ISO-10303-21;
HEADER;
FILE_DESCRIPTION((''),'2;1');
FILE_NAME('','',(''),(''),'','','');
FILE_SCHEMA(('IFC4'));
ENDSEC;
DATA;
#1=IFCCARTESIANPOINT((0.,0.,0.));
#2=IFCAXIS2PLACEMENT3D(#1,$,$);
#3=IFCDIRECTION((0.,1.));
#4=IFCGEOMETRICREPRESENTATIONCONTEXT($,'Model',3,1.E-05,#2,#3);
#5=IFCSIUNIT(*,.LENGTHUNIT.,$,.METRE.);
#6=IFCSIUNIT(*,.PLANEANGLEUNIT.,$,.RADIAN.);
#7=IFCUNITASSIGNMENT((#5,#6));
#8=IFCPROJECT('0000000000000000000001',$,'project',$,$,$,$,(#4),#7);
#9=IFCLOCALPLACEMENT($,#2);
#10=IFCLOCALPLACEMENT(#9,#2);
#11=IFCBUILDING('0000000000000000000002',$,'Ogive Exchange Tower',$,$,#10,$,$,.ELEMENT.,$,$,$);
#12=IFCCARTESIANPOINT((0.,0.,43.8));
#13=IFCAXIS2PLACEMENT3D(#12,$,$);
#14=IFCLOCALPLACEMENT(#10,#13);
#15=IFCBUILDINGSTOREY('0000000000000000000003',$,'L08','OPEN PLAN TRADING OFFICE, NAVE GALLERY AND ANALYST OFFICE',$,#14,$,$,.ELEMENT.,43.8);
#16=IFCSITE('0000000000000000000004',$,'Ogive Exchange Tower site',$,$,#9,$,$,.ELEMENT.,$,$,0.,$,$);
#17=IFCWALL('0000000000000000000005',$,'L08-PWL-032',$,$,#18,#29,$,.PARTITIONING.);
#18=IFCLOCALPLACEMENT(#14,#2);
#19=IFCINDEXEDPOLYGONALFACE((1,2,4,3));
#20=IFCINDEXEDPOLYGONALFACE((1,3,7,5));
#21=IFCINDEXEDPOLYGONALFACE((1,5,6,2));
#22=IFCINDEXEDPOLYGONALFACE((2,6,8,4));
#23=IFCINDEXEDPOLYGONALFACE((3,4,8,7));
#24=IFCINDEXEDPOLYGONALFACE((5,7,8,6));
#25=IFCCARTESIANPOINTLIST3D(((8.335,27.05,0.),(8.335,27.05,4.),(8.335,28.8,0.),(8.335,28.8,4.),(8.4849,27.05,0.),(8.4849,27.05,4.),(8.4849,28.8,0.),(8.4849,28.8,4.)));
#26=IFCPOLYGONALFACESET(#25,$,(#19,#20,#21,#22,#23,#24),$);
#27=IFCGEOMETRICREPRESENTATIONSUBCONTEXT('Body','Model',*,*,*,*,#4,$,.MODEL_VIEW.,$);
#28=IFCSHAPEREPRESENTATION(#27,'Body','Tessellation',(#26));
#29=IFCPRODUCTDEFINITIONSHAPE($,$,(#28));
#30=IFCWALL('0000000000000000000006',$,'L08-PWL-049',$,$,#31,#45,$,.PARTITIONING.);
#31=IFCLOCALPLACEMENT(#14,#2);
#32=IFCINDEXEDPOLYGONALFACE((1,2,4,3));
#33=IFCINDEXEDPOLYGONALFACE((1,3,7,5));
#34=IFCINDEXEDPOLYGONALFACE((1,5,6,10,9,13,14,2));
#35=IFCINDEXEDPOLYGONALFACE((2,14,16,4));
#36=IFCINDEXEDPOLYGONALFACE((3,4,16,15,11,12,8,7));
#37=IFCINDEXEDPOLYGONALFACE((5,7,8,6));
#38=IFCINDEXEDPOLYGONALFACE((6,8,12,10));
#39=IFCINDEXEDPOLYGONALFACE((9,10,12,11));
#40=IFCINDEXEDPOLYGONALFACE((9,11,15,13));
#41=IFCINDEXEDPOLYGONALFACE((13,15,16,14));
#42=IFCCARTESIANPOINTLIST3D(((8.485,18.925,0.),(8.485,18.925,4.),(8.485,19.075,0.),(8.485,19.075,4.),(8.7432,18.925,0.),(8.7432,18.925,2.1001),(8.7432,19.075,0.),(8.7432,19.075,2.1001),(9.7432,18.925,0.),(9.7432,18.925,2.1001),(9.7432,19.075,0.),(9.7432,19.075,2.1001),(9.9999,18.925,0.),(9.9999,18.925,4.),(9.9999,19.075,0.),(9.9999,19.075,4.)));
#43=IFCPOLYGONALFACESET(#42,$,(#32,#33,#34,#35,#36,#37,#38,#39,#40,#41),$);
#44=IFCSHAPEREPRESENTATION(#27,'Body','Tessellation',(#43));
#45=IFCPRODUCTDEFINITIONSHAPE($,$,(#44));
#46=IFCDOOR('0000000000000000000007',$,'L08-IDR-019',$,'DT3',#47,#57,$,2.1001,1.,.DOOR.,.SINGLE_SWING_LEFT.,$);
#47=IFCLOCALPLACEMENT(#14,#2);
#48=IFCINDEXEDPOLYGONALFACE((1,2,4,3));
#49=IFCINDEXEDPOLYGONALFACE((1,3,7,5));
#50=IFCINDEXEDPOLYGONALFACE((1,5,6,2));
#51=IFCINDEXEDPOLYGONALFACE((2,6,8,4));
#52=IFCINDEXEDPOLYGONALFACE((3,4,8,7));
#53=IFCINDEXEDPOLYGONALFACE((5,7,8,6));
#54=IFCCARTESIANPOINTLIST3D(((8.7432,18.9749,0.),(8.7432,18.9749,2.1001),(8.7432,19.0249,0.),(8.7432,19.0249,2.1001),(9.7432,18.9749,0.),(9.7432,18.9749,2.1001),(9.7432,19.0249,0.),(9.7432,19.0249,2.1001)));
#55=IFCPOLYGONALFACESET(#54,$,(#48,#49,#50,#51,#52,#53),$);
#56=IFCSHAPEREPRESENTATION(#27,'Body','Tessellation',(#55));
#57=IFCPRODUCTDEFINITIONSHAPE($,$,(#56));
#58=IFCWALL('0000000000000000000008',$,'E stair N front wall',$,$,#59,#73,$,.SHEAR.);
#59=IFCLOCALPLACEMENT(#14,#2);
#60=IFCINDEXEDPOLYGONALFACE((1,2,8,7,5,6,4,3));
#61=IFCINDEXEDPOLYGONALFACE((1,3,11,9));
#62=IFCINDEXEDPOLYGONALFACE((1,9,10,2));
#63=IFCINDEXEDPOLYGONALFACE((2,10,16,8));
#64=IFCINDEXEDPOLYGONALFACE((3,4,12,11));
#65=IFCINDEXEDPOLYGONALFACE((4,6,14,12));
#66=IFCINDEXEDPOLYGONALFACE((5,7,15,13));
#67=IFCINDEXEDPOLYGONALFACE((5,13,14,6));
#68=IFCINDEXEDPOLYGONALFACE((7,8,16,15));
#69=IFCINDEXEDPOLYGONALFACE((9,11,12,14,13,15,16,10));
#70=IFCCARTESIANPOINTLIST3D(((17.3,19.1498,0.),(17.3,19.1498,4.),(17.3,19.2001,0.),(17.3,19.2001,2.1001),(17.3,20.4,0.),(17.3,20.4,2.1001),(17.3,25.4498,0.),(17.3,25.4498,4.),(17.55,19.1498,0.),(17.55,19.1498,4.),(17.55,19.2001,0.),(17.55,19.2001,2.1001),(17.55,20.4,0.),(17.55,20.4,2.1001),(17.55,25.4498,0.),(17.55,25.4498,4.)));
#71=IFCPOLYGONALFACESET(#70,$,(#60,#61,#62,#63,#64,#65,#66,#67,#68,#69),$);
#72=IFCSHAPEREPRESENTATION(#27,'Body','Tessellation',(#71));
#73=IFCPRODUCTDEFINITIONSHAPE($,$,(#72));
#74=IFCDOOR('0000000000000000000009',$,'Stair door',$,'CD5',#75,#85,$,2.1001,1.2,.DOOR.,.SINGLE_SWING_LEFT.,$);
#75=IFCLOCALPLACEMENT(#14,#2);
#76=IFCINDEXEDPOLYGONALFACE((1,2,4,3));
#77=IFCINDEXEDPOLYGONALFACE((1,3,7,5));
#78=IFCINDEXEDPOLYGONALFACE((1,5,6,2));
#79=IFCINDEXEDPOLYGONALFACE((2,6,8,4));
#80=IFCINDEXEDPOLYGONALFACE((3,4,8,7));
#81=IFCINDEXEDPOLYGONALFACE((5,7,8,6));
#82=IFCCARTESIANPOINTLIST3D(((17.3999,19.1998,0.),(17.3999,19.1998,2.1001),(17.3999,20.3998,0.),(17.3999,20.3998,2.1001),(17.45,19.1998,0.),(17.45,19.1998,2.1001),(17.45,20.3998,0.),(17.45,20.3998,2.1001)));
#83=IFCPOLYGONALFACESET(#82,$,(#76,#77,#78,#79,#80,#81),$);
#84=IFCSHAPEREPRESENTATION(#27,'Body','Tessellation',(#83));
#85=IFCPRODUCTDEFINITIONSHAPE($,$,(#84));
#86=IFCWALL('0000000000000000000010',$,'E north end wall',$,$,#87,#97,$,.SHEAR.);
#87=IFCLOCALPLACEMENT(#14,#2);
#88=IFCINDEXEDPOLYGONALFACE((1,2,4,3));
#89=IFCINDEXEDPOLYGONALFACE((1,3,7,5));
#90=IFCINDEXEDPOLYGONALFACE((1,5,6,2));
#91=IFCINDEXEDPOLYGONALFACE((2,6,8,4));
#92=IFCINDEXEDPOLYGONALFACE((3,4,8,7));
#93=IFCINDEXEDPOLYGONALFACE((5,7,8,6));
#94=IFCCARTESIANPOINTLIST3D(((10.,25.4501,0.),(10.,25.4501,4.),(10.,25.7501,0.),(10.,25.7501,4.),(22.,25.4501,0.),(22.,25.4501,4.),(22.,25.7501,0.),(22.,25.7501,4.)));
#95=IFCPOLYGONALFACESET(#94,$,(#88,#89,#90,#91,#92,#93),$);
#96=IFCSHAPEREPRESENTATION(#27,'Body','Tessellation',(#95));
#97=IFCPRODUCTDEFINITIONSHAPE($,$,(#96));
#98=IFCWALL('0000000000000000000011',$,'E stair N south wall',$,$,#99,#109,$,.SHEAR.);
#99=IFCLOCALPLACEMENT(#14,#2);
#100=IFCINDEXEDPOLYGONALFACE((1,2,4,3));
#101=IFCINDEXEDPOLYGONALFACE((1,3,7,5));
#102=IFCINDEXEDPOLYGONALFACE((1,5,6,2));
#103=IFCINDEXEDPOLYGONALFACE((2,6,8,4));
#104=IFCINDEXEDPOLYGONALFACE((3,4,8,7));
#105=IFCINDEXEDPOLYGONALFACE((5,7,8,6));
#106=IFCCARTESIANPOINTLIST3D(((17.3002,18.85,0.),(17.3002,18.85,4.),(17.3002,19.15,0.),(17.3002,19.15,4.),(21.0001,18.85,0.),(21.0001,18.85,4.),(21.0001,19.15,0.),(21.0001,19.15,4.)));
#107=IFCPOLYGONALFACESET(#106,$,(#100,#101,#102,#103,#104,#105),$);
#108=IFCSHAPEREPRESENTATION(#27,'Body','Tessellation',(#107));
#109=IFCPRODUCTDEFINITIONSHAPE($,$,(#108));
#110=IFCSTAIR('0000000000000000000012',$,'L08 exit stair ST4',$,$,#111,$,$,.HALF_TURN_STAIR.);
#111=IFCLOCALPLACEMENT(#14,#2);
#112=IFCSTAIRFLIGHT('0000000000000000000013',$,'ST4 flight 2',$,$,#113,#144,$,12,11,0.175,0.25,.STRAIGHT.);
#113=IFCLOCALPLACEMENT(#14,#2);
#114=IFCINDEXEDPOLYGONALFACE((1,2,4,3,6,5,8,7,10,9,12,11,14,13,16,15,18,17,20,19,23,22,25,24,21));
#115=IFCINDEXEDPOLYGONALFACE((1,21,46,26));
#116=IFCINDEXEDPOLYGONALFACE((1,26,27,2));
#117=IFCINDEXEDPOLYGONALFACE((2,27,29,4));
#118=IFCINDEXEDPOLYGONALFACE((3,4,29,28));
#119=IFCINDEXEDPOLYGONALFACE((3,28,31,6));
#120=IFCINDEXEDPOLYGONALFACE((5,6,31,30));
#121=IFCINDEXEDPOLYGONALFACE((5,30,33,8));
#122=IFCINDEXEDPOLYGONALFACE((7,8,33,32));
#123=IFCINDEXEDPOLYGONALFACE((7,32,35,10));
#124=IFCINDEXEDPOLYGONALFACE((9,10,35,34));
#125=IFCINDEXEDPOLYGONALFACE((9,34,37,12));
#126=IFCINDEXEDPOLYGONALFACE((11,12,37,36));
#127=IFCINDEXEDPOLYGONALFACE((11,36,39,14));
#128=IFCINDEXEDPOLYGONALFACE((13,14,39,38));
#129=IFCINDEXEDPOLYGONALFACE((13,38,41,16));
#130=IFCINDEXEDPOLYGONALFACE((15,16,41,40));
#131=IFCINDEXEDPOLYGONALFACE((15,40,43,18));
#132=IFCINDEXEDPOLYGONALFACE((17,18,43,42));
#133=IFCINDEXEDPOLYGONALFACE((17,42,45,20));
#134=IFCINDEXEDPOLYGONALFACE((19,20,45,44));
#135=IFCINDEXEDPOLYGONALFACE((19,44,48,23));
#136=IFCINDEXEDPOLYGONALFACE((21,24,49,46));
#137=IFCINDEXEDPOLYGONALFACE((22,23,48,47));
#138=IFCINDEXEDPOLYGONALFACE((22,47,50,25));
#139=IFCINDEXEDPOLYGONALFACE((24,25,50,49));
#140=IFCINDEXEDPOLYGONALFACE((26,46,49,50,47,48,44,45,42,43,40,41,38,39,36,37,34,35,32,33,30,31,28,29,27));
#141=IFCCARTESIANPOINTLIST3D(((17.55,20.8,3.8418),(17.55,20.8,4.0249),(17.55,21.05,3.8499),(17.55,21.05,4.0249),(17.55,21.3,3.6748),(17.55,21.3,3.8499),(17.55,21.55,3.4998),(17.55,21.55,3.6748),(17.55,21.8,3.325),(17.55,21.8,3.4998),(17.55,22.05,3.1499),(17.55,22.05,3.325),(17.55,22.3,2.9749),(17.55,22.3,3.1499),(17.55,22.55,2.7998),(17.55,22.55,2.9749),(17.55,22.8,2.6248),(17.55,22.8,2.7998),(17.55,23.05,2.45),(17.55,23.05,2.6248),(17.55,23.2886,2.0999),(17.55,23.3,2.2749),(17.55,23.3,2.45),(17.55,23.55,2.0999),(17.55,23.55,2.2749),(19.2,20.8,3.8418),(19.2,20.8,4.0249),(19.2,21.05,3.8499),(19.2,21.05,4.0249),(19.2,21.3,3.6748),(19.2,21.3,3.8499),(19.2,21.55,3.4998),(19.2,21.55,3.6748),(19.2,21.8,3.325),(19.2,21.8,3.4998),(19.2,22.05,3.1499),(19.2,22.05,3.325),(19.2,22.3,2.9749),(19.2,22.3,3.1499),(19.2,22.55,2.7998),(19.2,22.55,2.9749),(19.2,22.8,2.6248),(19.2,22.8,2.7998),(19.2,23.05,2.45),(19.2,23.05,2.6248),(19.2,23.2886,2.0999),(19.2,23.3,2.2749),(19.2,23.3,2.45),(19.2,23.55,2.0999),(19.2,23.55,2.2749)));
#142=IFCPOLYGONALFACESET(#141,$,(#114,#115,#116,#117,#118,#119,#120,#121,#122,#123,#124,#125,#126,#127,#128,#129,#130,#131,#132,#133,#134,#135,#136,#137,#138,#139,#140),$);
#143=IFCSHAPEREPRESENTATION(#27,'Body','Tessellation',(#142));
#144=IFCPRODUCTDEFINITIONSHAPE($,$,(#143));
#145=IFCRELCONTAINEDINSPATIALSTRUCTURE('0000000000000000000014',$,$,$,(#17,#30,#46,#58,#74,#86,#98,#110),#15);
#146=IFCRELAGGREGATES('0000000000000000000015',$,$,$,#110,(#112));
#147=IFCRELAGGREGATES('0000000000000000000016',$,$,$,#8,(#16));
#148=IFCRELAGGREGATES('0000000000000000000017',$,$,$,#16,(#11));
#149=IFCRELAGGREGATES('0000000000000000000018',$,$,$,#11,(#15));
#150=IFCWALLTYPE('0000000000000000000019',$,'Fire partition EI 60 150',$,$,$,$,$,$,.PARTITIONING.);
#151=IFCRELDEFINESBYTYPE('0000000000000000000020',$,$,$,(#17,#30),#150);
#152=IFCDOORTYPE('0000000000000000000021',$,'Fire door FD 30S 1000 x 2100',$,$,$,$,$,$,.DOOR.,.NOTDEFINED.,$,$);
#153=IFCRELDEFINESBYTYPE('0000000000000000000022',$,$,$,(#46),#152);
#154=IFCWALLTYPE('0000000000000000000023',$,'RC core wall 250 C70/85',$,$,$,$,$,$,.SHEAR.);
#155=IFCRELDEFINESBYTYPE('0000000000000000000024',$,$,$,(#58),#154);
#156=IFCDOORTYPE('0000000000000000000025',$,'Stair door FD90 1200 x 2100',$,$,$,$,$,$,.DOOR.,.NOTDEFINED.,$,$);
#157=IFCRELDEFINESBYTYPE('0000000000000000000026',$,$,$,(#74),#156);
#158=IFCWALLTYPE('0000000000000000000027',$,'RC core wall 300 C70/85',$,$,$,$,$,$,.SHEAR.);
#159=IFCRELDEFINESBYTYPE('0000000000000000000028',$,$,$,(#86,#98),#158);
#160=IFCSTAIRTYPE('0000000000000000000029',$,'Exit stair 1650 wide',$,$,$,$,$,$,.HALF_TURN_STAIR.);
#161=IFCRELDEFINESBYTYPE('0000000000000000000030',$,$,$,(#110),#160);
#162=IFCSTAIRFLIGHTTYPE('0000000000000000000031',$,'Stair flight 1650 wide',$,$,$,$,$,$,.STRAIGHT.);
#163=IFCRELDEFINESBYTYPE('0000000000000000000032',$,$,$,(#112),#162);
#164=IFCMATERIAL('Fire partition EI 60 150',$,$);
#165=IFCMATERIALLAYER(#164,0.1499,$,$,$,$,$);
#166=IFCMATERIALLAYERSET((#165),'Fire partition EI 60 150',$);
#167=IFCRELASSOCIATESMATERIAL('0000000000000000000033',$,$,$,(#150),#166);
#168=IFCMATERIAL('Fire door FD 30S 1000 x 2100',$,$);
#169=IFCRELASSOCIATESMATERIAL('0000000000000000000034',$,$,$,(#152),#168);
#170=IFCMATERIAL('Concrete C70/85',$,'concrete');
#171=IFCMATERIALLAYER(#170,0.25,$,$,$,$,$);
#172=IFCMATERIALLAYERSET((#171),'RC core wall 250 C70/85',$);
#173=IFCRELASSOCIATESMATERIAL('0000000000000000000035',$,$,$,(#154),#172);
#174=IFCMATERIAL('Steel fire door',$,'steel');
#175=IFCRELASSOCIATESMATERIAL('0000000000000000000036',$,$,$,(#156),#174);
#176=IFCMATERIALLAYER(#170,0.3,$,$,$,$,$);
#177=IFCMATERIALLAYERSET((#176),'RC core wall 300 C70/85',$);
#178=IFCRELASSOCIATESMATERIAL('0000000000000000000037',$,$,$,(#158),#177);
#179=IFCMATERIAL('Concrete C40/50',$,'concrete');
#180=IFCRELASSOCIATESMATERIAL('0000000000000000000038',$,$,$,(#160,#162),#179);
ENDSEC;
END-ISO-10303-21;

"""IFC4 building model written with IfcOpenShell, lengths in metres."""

from ifc_helpers import new_model, si_unit, direction, frame, frame_2d, origin, place, context, subcontext, project, spatial, polyline, rectangle, outline, extrude, material, layer, layer_set, type_object, element, fill, aggregate, save


model = new_model("IFC4")

# Units and contexts
model_context = context("Model", 3, precision=1e-05, world=origin(), true_north=direction((0.0, 1.0)))
body_context = subcontext(model_context, "Body", "Model", "MODEL_VIEW")
ifc_project = project(units=[si_unit("LENGTHUNIT", "METRE"), si_unit("PLANEANGLEUNIT", "RADIAN")], contexts=[model_context])

# Site, building, storey
site_placement = place(None, origin())
site = spatial("IfcSite", under=ifc_project, at=site_placement, Name="Ogive Exchange Tower site", CompositionType="ELEMENT", RefElevation=0.0)
building_placement = place(site_placement, origin())
building = spatial("IfcBuilding", under=site, at=building_placement, Name="Ogive Exchange Tower", CompositionType="ELEMENT")
storey_placement = place(building_placement, frame((0.0, 0.0, 43.8)))
storey = spatial("IfcBuildingStorey", under=building, at=storey_placement, Name="L08", Description="OPEN PLAN TRADING OFFICE, NAVE GALLERY AND ANALYST OFFICE", CompositionType="ELEMENT", Elevation=43.8)

# Wall
ifc_material_1 = material(Name="Fire partition EI 60 150")
ifc_layer_1 = layer(ifc_material_1, 0.1499)
ifc_layer_set_1 = layer_set([ifc_layer_1], Name="Fire partition EI 60 150")
wall_type_1 = type_object("IfcWallType", Name="Fire partition EI 60 150", PredefinedType="PARTITIONING", material=ifc_layer_set_1)
wall_1_placement = place(storey_placement, frame((8.4099, 27.05, 0.0), z_axis=(0.0, 0.0, 1.0), x_axis=(0.0, 1.0, 0.0)))
element("IfcWall", 1, at=wall_1_placement, inside=storey, type_object=wall_type_1, Name="L08-PWL-032", PredefinedType="PARTITIONING", context=body_context, shape_type="SweptSolid", body=[
    extrude(rectangle(XDim=1.75, YDim=0.1499, at=frame_2d((0.875, 0.0))), origin(), (0.0, 0.0, 1.0), 4.0),
])

# Walls, openings, doors
wall_2_placement = place(storey_placement, frame((8.4851, 19.0, 0.0), z_axis=(0.0, 0.0, 1.0), x_axis=(1.0, 0.0, 0.0)))
wall_2 = element("IfcWall", 2, at=wall_2_placement, inside=storey, type_object=wall_type_1, Name="L08-PWL-049", PredefinedType="PARTITIONING", context=body_context, shape_type="SweptSolid", body=[
    extrude(rectangle(XDim=1.5149, YDim=0.1499, at=frame_2d((0.7573, 0.0))), origin(), (0.0, 0.0, 1.0), 4.0),
])
opening_1_placement = place(wall_2_placement, frame((0.2581, 0.0, 0.0)))
opening_1 = element("IfcOpeningElement", 3, at=opening_1_placement, cuts=wall_2, PredefinedType="OPENING", context=body_context, shape_type="SweptSolid", body=[
    extrude(rectangle(XDim=1.0, YDim=2.1001, at=frame_2d((0.5, 1.05))), frame((0.0, 0.085, 0.0), z_axis=(0.0, -1.0, 0.0), x_axis=(1.0, 0.0, 0.0)), (0.0, 0.0, 1.0), 0.1699),
])
ifc_material_2 = material(Name="Fire door FD 30S 1000 x 2100")
door_type_1 = type_object("IfcDoorType", Name="Fire door FD 30S 1000 x 2100", OperationType="NOTDEFINED", PredefinedType="DOOR", material=ifc_material_2)
door_1_placement = place(opening_1_placement, origin())
door_1 = element("IfcDoor", 4, at=door_1_placement, inside=storey, type_object=door_type_1, Name="L08-IDR-019", ObjectType="DT3", OperationType="SINGLE_SWING_LEFT", OverallHeight=2.1001, OverallWidth=1.0, PredefinedType="DOOR", context=body_context, shape_type="SweptSolid", body=[
    extrude(rectangle(XDim=1.0, YDim=2.1001, at=frame_2d((0.5, 1.05))), frame((0.0, 0.0249, 0.0), z_axis=(0.0, -1.0, 0.0), x_axis=(1.0, 0.0, 0.0)), (0.0, 0.0, 1.0), 0.05),
])
fill(opening_1, door_1)
ifc_material_3 = material(Name="Concrete C70/85", Category="concrete")
ifc_layer_2 = layer(ifc_material_3, 0.25)
ifc_layer_set_2 = layer_set([ifc_layer_2], Name="RC core wall 250 C70/85")
wall_type_2 = type_object("IfcWallType", Name="RC core wall 250 C70/85", PredefinedType="SHEAR", material=ifc_layer_set_2)
wall_3_placement = place(storey_placement, frame((17.425, 19.1499, 0.0), z_axis=(0.0, 0.0, 1.0), x_axis=(0.0, 1.0, 0.0)))
wall_3 = element("IfcWall", 5, at=wall_3_placement, inside=storey, type_object=wall_type_2, Name="E stair N front wall", PredefinedType="SHEAR", context=body_context, shape_type="SweptSolid", body=[
    extrude(rectangle(XDim=6.3, YDim=0.25, at=frame_2d((3.1499, 0.0))), origin(), (0.0, 0.0, 1.0), 4.0),
])
opening_2_placement = place(wall_3_placement, frame((0.05, 0.0, 0.0)))
opening_2 = element("IfcOpeningElement", 6, at=opening_2_placement, cuts=wall_3, PredefinedType="OPENING", context=body_context, shape_type="SweptSolid", body=[
    extrude(rectangle(XDim=1.2, YDim=2.1001, at=frame_2d((0.6001, 1.05))), frame((0.0, 0.135, 0.0), z_axis=(0.0, -1.0, 0.0), x_axis=(1.0, 0.0, 0.0)), (0.0, 0.0, 1.0), 0.27),
])
ifc_material_4 = material(Name="Steel fire door", Category="steel")
door_type_2 = type_object("IfcDoorType", Name="Stair door FD90 1200 x 2100", OperationType="NOTDEFINED", PredefinedType="DOOR", material=ifc_material_4)
door_2_placement = place(opening_2_placement, frame((1.2, 0.0, 0.0), z_axis=(0.0, 0.0, 1.0), x_axis=(-1.0, 0.0, 0.0)))
door_2 = element("IfcDoor", 7, at=door_2_placement, inside=storey, type_object=door_type_2, Name="Stair door", ObjectType="CD5", OperationType="SINGLE_SWING_LEFT", OverallHeight=2.1001, OverallWidth=1.2, PredefinedType="DOOR", context=body_context, shape_type="SweptSolid", body=[
    extrude(rectangle(XDim=1.2, YDim=2.1001, at=frame_2d((0.6001, 1.05))), frame((0.0, 0.0249, 0.0), z_axis=(0.0, -1.0, 0.0), x_axis=(1.0, 0.0, 0.0)), (0.0, 0.0, 1.0), 0.05),
])
fill(opening_2, door_2)

# Walls
ifc_layer_3 = layer(ifc_material_3, 0.3)
ifc_layer_set_3 = layer_set([ifc_layer_3], Name="RC core wall 300 C70/85")
wall_type_3 = type_object("IfcWallType", Name="RC core wall 300 C70/85", PredefinedType="SHEAR", material=ifc_layer_set_3)
wall_4_placement = place(storey_placement, frame((10.0, 25.6001, 0.0), z_axis=(0.0, 0.0, 1.0), x_axis=(1.0, 0.0, 0.0)))
element("IfcWall", 8, at=wall_4_placement, inside=storey, type_object=wall_type_3, Name="E north end wall", PredefinedType="SHEAR", context=body_context, shape_type="SweptSolid", body=[
    extrude(rectangle(XDim=12.0, YDim=0.3, at=frame_2d((6.0, 0.0))), origin(), (0.0, 0.0, 1.0), 4.0),
])
wall_5_placement = place(storey_placement, frame((17.3, 19.0, 0.0), z_axis=(0.0, 0.0, 1.0), x_axis=(1.0, 0.0, 0.0)))
element("IfcWall", 9, at=wall_5_placement, inside=storey, type_object=wall_type_3, Name="E stair N south wall", PredefinedType="SHEAR", context=body_context, shape_type="SweptSolid", body=[
    extrude(rectangle(XDim=3.7, YDim=0.3, at=frame_2d((1.8501, 0.0))), origin(), (0.0, 0.0, 1.0), 4.0),
])

# Stair, stair flight
ifc_material_5 = material(Name="Concrete C40/50", Category="concrete")
stair_type = type_object("IfcStairType", Name="Exit stair 1650 wide", PredefinedType="HALF_TURN_STAIR", material=ifc_material_5)
stair_placement = place(storey_placement, origin())
stair = element("IfcStair", 10, at=stair_placement, inside=storey, type_object=stair_type, Name="L08 exit stair ST4", PredefinedType="HALF_TURN_STAIR")
stair_flight_type = type_object("IfcStairFlightType", Name="Stair flight 1650 wide", PredefinedType="STRAIGHT", material=ifc_material_5)
stair_flight_placement = place(storey_placement, frame((18.375, 23.55, 2.0999), z_axis=(0.0, 0.0, 1.0), x_axis=(0.0, -1.0, 0.0)))
stair_flight = element("IfcStairFlight", 11, at=stair_flight_placement, type_object=stair_flight_type, Name="ST4 flight 2", NumberOfRisers=12, NumberOfTreads=11, PredefinedType="STRAIGHT", RiserHeight=0.175, TreadLength=0.25, context=body_context, shape_type="SweptSolid", body=[
    extrude(outline(polyline([(0.0, 0.0), (0.0, 0.175), (0.25, 0.175), (0.25, 0.3501), (0.5, 0.3501), (0.5, 0.5249), (0.75, 0.5249), (0.75, 0.7), (1.0, 0.7), (1.0, 0.875), (1.25, 0.875), (1.25, 1.05), (1.5, 1.05), (1.5, 1.2251), (1.75, 1.2251), (1.75, 1.3999), (2.0, 1.3999), (2.0, 1.575), (2.25, 1.575), (2.25, 1.75), (2.5, 1.75), (2.5, 1.925), (2.75, 1.925), (2.75, 2.1001), (2.75, 1.7419), (0.2615, 0.0), (0.0, 0.0)])), frame((0.0, 0.825, 0.0), z_axis=(0.0, -1.0, 0.0), x_axis=(1.0, 0.0, 0.0)), (0.0, 0.0, 1.0), 1.6499),
])
aggregate(stair, [stair_flight])

save(model, "model.ifc")
